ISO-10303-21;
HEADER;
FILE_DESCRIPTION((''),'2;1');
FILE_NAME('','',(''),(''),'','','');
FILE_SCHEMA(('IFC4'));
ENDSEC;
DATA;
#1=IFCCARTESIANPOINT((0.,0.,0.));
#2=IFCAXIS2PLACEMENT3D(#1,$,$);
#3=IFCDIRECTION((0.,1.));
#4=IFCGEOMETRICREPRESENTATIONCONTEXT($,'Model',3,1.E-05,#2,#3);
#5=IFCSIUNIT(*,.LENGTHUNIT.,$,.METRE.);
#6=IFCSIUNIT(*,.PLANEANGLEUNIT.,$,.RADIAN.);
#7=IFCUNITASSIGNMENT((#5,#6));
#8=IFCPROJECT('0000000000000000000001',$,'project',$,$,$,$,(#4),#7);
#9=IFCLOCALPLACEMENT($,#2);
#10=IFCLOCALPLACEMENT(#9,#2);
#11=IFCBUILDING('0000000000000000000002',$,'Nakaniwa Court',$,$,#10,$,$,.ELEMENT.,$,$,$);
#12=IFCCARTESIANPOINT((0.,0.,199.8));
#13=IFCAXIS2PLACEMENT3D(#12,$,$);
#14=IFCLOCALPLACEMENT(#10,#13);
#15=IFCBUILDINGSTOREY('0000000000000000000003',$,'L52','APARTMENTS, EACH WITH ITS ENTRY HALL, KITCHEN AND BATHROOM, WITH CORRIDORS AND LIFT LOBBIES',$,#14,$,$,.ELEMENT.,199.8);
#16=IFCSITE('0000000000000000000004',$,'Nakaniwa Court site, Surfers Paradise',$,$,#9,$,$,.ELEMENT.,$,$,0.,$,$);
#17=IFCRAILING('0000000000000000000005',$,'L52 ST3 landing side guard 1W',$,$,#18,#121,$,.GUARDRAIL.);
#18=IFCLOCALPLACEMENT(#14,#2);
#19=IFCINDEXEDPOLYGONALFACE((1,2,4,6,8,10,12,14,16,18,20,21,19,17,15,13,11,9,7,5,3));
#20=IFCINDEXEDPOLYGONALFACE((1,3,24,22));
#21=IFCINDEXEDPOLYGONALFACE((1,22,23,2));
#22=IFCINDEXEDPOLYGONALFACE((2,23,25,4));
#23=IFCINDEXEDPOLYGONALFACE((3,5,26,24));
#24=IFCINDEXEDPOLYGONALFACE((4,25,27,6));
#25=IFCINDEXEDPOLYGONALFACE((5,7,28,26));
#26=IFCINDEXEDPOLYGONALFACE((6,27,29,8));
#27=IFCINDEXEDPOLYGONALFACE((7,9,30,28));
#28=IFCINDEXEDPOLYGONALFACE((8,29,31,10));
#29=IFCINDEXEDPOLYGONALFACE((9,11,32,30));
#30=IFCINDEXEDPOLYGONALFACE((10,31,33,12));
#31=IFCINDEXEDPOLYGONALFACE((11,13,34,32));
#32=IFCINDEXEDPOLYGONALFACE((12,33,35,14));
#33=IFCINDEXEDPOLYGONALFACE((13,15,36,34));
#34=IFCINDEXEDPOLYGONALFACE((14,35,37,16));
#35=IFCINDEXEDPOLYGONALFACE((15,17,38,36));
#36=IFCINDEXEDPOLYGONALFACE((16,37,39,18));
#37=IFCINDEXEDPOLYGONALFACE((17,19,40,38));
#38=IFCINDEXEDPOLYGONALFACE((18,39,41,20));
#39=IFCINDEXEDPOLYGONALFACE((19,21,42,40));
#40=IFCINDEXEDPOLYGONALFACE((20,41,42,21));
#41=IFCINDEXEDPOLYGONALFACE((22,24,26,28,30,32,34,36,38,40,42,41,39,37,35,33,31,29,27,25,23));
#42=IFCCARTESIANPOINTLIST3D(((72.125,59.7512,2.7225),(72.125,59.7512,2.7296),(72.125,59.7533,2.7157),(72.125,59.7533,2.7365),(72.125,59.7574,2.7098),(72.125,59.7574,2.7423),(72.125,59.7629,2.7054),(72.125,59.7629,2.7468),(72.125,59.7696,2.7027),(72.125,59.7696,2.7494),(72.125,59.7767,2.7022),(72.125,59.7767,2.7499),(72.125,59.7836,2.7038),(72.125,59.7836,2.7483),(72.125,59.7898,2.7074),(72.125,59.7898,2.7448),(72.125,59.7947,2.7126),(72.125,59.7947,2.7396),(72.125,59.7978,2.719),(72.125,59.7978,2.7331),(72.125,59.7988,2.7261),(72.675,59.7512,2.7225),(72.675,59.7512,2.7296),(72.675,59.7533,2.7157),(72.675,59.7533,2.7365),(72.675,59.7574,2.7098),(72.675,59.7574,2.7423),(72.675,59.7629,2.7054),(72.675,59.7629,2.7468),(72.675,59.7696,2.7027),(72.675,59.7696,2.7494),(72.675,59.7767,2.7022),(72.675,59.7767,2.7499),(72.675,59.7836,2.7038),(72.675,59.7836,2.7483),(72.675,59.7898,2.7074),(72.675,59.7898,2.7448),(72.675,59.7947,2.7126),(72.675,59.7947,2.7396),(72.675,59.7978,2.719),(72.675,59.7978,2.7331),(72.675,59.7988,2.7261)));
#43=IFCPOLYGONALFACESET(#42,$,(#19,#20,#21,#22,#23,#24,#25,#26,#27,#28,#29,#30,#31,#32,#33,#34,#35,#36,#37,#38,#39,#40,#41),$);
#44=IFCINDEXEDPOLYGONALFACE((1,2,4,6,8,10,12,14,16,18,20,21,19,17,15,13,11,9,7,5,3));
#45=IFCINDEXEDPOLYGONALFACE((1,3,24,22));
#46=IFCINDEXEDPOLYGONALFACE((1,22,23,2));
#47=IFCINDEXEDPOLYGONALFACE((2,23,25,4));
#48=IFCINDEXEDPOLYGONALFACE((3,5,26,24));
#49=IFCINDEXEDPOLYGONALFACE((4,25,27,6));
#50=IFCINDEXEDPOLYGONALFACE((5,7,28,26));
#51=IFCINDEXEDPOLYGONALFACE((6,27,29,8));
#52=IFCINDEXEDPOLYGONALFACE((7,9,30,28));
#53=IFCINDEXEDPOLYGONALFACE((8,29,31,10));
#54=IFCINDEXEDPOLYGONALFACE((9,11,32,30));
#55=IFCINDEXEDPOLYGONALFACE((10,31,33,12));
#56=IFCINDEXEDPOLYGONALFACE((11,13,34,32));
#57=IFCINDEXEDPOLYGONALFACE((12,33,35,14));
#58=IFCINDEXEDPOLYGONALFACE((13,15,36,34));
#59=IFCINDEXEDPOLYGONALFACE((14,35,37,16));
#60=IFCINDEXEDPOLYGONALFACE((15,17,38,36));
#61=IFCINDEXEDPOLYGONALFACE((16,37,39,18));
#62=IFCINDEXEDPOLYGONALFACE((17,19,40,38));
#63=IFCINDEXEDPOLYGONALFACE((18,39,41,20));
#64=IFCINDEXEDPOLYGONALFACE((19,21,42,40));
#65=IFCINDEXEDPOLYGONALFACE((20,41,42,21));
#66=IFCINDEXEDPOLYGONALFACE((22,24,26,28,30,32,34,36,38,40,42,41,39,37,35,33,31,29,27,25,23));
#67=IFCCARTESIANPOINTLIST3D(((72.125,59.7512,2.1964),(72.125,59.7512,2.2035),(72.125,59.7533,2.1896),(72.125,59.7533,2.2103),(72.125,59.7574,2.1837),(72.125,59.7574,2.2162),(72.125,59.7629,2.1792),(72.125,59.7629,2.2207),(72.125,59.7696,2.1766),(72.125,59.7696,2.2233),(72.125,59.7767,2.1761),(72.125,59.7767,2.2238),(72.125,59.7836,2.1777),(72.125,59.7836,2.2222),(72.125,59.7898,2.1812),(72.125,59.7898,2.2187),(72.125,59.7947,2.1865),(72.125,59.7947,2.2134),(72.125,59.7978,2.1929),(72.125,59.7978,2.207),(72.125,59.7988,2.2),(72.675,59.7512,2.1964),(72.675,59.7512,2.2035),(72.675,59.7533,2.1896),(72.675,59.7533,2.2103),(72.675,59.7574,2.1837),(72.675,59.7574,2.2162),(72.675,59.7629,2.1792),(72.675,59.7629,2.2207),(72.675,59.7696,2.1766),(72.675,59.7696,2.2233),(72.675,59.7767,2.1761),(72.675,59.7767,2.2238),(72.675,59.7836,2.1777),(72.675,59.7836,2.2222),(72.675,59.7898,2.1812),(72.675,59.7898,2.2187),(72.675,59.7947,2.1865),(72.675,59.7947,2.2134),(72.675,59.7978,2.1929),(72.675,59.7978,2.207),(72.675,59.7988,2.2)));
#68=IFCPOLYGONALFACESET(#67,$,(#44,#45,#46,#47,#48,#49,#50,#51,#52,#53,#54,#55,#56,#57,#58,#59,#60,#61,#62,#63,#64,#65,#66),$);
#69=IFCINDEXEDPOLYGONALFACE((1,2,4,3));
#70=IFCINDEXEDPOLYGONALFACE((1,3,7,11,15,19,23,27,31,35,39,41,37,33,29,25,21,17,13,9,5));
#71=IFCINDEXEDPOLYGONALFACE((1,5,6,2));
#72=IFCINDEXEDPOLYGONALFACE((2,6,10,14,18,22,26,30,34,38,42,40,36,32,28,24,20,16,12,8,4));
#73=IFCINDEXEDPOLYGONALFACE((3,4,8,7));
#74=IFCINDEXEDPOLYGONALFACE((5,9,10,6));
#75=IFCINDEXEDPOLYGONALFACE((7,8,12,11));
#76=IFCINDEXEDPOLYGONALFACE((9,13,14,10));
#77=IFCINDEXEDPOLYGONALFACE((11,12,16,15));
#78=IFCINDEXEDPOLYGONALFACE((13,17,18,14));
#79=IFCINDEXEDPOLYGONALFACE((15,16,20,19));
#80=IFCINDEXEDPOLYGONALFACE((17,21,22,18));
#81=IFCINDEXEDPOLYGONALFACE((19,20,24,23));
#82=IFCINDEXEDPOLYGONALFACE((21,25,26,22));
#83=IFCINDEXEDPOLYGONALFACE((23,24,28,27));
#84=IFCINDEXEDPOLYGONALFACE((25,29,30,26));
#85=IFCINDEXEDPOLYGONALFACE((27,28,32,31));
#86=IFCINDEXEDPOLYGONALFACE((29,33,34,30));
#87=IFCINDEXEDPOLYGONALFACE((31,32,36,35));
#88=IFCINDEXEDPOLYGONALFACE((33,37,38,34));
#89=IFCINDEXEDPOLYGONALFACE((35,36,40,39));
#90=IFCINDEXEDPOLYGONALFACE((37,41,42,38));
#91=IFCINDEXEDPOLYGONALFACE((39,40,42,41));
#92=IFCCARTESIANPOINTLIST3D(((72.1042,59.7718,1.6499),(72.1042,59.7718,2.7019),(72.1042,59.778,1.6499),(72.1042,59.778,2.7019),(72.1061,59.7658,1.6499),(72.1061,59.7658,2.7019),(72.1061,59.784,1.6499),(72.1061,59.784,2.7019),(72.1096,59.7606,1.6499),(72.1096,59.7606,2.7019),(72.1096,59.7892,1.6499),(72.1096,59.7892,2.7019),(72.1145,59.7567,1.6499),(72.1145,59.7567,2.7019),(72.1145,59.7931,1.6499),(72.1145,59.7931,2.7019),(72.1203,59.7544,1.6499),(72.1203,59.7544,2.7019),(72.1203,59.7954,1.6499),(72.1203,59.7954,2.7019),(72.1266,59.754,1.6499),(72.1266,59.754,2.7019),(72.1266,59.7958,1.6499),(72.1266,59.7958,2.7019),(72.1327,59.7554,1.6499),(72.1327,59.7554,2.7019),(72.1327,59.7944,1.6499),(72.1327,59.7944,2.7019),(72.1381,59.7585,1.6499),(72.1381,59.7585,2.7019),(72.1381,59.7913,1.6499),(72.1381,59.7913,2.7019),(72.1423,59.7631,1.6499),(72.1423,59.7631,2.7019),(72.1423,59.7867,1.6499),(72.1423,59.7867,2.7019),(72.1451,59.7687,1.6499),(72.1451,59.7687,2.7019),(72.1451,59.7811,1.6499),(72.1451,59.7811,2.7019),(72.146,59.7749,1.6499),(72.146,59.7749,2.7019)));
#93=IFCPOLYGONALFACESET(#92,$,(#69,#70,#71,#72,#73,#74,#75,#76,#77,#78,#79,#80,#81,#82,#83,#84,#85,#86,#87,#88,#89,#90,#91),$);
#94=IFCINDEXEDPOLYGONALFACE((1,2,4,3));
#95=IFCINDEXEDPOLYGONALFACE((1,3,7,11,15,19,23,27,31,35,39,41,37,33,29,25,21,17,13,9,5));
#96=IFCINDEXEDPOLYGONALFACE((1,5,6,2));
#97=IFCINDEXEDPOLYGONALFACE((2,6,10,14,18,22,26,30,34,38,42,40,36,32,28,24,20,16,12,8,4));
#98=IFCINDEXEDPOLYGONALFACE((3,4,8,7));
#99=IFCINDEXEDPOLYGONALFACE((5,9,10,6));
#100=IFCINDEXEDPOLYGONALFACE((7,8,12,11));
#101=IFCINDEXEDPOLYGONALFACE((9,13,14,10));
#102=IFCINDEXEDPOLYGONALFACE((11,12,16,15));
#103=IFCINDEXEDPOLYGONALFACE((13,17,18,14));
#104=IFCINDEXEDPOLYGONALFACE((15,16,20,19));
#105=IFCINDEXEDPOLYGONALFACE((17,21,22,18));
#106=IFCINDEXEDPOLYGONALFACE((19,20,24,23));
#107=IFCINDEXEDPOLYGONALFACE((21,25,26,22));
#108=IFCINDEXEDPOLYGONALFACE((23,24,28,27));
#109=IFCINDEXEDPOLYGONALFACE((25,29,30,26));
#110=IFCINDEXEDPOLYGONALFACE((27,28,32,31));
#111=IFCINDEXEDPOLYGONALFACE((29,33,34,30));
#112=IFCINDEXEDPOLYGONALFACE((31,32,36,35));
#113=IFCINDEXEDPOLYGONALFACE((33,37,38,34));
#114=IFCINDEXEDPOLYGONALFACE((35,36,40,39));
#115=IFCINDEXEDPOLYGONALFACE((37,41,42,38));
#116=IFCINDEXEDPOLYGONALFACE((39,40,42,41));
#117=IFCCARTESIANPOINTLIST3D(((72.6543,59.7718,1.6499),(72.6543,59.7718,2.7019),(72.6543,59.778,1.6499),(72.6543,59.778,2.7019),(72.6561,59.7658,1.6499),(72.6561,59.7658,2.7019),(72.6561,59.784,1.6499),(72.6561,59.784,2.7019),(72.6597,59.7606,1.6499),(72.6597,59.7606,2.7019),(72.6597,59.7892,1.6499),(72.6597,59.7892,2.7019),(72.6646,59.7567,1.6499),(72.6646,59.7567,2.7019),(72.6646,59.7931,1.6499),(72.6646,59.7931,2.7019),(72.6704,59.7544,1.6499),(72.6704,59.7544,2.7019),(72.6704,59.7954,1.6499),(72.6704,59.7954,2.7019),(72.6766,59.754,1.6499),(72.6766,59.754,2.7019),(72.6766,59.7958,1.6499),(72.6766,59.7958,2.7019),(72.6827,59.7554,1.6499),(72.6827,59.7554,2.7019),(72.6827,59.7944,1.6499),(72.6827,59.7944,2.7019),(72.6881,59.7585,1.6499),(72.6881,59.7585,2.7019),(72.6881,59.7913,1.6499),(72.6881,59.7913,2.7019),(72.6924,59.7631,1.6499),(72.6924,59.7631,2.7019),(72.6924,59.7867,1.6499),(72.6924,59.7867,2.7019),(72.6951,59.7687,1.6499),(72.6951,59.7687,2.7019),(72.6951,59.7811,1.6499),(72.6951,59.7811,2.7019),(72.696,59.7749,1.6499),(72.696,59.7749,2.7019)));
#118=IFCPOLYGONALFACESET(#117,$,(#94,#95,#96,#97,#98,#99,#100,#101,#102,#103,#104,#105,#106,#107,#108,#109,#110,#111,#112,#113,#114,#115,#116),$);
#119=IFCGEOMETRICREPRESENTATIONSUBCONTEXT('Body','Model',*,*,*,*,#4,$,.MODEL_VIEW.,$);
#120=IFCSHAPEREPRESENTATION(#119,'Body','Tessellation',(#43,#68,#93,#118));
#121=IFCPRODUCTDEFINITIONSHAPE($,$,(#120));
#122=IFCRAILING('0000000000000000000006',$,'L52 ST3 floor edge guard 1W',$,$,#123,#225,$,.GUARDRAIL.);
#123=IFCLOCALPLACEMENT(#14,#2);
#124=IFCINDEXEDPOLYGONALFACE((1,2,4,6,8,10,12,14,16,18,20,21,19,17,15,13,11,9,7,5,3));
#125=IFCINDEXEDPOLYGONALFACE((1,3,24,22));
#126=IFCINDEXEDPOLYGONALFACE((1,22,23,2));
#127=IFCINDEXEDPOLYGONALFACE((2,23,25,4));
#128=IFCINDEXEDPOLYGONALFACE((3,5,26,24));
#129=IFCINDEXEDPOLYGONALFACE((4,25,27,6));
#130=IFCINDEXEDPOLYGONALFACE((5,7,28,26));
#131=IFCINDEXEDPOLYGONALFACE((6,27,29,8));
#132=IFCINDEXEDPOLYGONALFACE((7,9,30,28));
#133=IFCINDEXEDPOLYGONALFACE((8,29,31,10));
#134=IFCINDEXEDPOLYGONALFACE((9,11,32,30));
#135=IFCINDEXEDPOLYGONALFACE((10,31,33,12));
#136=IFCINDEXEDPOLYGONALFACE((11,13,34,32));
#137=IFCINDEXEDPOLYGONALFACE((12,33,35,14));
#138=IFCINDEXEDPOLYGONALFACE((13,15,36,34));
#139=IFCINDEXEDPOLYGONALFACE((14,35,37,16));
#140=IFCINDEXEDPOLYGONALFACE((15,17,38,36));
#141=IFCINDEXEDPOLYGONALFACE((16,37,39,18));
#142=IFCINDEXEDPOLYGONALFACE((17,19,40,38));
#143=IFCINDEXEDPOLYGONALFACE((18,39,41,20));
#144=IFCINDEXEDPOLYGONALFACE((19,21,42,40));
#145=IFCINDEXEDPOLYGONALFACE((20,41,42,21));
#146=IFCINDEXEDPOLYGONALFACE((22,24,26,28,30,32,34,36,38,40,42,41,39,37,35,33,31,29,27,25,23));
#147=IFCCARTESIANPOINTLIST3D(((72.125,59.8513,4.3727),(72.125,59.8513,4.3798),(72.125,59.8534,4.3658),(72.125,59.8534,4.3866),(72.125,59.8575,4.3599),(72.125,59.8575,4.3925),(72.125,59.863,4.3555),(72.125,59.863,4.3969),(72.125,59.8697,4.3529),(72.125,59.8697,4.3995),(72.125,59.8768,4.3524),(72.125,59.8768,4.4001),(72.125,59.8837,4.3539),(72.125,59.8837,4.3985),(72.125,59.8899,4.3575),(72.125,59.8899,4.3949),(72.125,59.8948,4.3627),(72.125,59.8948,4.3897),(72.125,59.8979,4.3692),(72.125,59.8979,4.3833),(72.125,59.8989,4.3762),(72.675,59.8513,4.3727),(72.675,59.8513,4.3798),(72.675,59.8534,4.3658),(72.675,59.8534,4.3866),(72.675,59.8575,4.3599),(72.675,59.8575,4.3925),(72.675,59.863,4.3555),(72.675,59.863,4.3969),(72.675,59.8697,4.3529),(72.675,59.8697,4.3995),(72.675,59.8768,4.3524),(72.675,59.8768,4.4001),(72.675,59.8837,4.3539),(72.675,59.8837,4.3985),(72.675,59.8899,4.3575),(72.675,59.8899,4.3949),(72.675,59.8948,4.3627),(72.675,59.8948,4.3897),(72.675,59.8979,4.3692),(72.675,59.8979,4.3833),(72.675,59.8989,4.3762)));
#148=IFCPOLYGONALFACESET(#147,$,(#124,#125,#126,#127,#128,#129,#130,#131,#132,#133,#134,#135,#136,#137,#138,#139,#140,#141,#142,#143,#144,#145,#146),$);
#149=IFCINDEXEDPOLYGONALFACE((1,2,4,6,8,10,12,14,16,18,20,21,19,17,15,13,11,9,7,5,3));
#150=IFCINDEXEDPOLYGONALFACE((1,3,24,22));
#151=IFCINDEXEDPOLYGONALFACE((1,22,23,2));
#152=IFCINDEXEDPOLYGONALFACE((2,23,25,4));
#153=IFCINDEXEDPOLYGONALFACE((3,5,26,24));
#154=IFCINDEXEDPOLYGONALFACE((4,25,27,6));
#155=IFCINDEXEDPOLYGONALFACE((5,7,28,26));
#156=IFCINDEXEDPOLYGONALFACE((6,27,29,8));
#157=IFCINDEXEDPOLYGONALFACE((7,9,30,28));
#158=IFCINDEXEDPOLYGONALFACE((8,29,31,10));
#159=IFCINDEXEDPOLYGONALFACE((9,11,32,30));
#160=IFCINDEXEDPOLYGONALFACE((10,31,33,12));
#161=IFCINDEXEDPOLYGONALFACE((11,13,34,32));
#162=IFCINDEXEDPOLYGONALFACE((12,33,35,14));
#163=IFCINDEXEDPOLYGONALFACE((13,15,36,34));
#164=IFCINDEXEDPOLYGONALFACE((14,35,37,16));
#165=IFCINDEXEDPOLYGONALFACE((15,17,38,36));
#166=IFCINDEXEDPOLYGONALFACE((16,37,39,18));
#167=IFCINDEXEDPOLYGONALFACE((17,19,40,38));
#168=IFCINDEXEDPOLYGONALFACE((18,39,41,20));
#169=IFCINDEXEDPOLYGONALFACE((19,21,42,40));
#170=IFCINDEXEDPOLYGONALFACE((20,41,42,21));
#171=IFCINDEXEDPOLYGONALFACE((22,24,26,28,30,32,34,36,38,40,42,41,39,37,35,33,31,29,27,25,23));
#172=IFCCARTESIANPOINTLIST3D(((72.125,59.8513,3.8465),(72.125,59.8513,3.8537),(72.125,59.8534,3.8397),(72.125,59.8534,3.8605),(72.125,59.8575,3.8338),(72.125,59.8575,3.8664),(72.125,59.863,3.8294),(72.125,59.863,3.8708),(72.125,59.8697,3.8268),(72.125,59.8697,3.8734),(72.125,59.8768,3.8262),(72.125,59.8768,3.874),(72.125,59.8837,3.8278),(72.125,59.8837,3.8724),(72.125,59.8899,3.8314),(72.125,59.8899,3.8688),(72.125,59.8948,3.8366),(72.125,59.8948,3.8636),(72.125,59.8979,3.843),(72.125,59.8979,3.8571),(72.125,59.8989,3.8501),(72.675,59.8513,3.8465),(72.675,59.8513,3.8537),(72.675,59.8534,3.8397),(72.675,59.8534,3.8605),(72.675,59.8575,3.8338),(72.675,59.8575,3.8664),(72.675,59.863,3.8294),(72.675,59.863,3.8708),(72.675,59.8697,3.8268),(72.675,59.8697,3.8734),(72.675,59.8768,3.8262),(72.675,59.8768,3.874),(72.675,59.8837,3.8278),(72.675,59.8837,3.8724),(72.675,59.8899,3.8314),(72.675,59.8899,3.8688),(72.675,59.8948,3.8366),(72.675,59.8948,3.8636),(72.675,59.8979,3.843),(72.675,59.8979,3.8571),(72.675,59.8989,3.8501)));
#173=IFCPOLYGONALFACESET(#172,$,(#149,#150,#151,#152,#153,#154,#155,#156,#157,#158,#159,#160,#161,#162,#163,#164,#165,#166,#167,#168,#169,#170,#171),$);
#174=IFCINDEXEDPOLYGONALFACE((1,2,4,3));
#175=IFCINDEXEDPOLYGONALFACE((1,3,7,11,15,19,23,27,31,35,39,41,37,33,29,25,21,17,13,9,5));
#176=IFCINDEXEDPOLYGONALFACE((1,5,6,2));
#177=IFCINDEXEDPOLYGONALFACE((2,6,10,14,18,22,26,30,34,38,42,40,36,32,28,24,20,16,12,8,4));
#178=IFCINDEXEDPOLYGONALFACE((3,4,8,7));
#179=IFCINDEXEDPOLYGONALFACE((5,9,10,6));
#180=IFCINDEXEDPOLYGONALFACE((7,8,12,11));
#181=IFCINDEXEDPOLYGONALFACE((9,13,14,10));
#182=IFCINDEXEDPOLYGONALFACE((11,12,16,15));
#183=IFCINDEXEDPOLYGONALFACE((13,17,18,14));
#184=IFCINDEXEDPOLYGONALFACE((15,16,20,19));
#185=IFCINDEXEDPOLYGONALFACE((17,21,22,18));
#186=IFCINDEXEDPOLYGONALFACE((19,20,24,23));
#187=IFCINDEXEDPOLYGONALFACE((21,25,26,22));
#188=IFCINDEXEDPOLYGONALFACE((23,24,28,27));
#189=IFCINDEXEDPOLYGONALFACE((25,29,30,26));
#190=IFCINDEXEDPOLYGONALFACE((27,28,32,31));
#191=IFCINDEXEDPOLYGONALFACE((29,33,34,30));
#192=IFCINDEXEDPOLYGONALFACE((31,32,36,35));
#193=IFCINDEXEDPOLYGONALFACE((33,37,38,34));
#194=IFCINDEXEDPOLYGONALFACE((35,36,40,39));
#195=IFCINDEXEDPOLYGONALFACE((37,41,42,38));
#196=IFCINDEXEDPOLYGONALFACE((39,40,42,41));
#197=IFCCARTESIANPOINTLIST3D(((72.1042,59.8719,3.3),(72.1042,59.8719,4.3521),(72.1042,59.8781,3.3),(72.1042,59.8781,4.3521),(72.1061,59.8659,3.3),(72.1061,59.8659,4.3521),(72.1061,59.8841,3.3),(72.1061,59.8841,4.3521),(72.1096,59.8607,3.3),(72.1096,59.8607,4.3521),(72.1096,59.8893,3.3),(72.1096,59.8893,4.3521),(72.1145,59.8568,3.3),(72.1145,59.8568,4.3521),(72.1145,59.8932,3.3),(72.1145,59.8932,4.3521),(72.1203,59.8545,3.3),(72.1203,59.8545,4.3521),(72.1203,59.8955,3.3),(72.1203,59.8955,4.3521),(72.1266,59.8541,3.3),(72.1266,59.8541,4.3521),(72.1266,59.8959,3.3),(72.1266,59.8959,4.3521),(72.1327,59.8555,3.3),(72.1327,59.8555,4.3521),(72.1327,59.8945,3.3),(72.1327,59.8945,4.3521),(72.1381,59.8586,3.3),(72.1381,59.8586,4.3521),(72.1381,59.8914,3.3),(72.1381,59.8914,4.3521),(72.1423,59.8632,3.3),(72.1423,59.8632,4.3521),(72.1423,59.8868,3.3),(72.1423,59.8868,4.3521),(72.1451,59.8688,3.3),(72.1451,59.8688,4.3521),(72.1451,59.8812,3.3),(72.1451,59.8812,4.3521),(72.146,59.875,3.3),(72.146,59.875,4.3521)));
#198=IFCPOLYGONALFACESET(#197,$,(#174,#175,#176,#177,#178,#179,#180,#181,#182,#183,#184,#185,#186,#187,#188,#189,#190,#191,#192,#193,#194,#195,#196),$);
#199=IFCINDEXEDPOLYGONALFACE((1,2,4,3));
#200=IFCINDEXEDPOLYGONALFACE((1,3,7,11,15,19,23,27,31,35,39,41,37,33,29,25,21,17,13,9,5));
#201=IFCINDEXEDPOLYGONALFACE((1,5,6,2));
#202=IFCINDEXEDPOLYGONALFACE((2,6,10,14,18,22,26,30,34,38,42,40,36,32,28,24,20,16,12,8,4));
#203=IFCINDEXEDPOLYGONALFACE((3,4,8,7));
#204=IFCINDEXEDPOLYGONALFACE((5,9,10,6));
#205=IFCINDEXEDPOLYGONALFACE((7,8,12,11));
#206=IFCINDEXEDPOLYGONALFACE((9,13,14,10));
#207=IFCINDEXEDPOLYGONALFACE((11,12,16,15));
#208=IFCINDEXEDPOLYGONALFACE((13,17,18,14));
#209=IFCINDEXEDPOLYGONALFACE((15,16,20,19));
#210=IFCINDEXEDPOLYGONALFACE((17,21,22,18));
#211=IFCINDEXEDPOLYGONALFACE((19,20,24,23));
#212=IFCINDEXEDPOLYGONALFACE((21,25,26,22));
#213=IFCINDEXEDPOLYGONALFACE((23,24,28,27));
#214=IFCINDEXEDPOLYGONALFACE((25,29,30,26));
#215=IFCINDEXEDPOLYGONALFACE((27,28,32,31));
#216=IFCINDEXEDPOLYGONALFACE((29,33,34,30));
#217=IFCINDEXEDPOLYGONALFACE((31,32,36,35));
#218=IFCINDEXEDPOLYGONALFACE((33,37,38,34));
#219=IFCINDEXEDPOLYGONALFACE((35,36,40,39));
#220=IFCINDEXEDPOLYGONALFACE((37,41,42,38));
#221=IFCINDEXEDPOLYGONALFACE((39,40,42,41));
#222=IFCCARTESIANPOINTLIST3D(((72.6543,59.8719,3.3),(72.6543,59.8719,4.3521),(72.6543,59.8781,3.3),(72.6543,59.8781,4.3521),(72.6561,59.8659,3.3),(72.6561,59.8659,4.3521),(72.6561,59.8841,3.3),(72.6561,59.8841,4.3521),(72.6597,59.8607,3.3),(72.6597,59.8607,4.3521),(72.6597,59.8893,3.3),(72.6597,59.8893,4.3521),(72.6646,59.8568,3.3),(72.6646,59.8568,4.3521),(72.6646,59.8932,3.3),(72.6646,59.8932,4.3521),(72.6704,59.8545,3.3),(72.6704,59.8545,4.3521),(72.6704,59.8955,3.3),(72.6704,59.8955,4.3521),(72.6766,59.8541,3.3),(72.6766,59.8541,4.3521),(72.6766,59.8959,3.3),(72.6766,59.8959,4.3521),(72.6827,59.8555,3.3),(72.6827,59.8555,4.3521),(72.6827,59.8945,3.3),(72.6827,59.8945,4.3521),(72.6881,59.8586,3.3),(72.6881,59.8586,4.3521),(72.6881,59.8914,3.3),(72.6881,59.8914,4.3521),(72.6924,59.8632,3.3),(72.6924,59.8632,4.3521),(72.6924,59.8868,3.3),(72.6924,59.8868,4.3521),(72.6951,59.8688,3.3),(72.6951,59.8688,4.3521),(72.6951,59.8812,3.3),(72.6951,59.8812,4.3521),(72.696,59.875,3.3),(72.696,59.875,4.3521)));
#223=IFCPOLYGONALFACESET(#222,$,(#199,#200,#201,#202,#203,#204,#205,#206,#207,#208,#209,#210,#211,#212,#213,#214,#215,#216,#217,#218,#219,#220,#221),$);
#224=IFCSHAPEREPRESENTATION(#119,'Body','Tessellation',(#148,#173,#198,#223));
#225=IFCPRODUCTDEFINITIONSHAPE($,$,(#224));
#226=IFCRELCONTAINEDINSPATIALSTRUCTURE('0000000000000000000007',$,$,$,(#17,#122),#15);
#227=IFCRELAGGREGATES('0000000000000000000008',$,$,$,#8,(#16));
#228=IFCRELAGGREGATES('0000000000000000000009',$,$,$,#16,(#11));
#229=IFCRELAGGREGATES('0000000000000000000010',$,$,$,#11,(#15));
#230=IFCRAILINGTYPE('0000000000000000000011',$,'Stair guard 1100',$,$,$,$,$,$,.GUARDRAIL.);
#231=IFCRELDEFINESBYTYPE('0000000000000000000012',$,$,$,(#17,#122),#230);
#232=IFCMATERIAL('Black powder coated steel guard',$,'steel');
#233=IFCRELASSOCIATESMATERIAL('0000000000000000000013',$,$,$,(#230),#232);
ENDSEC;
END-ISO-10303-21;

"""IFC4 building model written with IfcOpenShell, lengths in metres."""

from ifc_helpers import new_model, si_unit, direction, frame, origin, origin_2d, place, context, subcontext, project, spatial, circle, extrude, material, type_object, element, save


model = new_model("IFC4")

# Units and contexts
model_context = context("Model", 3, precision=1e-05, world=origin(), true_north=direction((0.0, 1.0)))
body_context = subcontext(model_context, "Body", "Model", "MODEL_VIEW")
ifc_project = project(units=[si_unit("LENGTHUNIT", "METRE"), si_unit("PLANEANGLEUNIT", "RADIAN")], contexts=[model_context])

# Site, building, storey
site_placement = place(None, origin())
site = spatial("IfcSite", under=ifc_project, at=site_placement, Name="Nakaniwa Court site, Surfers Paradise", CompositionType="ELEMENT", RefElevation=0.0)
building_placement = place(site_placement, origin())
building = spatial("IfcBuilding", under=site, at=building_placement, Name="Nakaniwa Court", CompositionType="ELEMENT")
storey_placement = place(building_placement, frame((0.0, 0.0, 199.8)))
storey = spatial("IfcBuildingStorey", under=building, at=storey_placement, Name="L52", Description="APARTMENTS, EACH WITH ITS ENTRY HALL, KITCHEN AND BATHROOM, WITH CORRIDORS AND LIFT LOBBIES", CompositionType="ELEMENT", Elevation=199.8)

# Railings
ifc_material_1 = material(Name="Black powder coated steel guard", Category="steel")
railing_type_1 = type_object("IfcRailingType", Name="Stair guard 1100", PredefinedType="GUARDRAIL", material=ifc_material_1)
for number, where, name in (
    (1, (72.125, 59.7749, 1.6499), "L52 ST3 landing side guard 1W"),
    (2, (72.125, 59.875, 3.3), "L52 ST3 floor edge guard 1W"),
):
    element("IfcRailing", number, at=place(storey_placement, frame(where)), inside=storey, type_object=railing_type_1, Name=name, PredefinedType="GUARDRAIL", context=body_context, shape_type="SweptSolid", body=[
        extrude(circle(Radius=0.0239, at=origin_2d()), frame((0.0, 0.0, 1.0762), z_axis=(1.0, 0.0, 0.0), x_axis=(0.0, 1.0, 0.0)), (0.0, 0.0, 1.0), 0.55),
        extrude(circle(Radius=0.0239, at=origin_2d()), frame((0.0, 0.0, 0.55), z_axis=(1.0, 0.0, 0.0), x_axis=(0.0, 1.0, 0.0)), (0.0, 0.0, 1.0), 0.55),
        extrude(circle(Radius=0.021, at=origin_2d()), origin(), (0.0, 0.0, 1.0), 1.052),
        extrude(circle(Radius=0.021, at=origin_2d()), frame((0.55, 0.0, 0.0)), (0.0, 0.0, 1.0), 1.052),
    ])

save(model, "model.ifc")
